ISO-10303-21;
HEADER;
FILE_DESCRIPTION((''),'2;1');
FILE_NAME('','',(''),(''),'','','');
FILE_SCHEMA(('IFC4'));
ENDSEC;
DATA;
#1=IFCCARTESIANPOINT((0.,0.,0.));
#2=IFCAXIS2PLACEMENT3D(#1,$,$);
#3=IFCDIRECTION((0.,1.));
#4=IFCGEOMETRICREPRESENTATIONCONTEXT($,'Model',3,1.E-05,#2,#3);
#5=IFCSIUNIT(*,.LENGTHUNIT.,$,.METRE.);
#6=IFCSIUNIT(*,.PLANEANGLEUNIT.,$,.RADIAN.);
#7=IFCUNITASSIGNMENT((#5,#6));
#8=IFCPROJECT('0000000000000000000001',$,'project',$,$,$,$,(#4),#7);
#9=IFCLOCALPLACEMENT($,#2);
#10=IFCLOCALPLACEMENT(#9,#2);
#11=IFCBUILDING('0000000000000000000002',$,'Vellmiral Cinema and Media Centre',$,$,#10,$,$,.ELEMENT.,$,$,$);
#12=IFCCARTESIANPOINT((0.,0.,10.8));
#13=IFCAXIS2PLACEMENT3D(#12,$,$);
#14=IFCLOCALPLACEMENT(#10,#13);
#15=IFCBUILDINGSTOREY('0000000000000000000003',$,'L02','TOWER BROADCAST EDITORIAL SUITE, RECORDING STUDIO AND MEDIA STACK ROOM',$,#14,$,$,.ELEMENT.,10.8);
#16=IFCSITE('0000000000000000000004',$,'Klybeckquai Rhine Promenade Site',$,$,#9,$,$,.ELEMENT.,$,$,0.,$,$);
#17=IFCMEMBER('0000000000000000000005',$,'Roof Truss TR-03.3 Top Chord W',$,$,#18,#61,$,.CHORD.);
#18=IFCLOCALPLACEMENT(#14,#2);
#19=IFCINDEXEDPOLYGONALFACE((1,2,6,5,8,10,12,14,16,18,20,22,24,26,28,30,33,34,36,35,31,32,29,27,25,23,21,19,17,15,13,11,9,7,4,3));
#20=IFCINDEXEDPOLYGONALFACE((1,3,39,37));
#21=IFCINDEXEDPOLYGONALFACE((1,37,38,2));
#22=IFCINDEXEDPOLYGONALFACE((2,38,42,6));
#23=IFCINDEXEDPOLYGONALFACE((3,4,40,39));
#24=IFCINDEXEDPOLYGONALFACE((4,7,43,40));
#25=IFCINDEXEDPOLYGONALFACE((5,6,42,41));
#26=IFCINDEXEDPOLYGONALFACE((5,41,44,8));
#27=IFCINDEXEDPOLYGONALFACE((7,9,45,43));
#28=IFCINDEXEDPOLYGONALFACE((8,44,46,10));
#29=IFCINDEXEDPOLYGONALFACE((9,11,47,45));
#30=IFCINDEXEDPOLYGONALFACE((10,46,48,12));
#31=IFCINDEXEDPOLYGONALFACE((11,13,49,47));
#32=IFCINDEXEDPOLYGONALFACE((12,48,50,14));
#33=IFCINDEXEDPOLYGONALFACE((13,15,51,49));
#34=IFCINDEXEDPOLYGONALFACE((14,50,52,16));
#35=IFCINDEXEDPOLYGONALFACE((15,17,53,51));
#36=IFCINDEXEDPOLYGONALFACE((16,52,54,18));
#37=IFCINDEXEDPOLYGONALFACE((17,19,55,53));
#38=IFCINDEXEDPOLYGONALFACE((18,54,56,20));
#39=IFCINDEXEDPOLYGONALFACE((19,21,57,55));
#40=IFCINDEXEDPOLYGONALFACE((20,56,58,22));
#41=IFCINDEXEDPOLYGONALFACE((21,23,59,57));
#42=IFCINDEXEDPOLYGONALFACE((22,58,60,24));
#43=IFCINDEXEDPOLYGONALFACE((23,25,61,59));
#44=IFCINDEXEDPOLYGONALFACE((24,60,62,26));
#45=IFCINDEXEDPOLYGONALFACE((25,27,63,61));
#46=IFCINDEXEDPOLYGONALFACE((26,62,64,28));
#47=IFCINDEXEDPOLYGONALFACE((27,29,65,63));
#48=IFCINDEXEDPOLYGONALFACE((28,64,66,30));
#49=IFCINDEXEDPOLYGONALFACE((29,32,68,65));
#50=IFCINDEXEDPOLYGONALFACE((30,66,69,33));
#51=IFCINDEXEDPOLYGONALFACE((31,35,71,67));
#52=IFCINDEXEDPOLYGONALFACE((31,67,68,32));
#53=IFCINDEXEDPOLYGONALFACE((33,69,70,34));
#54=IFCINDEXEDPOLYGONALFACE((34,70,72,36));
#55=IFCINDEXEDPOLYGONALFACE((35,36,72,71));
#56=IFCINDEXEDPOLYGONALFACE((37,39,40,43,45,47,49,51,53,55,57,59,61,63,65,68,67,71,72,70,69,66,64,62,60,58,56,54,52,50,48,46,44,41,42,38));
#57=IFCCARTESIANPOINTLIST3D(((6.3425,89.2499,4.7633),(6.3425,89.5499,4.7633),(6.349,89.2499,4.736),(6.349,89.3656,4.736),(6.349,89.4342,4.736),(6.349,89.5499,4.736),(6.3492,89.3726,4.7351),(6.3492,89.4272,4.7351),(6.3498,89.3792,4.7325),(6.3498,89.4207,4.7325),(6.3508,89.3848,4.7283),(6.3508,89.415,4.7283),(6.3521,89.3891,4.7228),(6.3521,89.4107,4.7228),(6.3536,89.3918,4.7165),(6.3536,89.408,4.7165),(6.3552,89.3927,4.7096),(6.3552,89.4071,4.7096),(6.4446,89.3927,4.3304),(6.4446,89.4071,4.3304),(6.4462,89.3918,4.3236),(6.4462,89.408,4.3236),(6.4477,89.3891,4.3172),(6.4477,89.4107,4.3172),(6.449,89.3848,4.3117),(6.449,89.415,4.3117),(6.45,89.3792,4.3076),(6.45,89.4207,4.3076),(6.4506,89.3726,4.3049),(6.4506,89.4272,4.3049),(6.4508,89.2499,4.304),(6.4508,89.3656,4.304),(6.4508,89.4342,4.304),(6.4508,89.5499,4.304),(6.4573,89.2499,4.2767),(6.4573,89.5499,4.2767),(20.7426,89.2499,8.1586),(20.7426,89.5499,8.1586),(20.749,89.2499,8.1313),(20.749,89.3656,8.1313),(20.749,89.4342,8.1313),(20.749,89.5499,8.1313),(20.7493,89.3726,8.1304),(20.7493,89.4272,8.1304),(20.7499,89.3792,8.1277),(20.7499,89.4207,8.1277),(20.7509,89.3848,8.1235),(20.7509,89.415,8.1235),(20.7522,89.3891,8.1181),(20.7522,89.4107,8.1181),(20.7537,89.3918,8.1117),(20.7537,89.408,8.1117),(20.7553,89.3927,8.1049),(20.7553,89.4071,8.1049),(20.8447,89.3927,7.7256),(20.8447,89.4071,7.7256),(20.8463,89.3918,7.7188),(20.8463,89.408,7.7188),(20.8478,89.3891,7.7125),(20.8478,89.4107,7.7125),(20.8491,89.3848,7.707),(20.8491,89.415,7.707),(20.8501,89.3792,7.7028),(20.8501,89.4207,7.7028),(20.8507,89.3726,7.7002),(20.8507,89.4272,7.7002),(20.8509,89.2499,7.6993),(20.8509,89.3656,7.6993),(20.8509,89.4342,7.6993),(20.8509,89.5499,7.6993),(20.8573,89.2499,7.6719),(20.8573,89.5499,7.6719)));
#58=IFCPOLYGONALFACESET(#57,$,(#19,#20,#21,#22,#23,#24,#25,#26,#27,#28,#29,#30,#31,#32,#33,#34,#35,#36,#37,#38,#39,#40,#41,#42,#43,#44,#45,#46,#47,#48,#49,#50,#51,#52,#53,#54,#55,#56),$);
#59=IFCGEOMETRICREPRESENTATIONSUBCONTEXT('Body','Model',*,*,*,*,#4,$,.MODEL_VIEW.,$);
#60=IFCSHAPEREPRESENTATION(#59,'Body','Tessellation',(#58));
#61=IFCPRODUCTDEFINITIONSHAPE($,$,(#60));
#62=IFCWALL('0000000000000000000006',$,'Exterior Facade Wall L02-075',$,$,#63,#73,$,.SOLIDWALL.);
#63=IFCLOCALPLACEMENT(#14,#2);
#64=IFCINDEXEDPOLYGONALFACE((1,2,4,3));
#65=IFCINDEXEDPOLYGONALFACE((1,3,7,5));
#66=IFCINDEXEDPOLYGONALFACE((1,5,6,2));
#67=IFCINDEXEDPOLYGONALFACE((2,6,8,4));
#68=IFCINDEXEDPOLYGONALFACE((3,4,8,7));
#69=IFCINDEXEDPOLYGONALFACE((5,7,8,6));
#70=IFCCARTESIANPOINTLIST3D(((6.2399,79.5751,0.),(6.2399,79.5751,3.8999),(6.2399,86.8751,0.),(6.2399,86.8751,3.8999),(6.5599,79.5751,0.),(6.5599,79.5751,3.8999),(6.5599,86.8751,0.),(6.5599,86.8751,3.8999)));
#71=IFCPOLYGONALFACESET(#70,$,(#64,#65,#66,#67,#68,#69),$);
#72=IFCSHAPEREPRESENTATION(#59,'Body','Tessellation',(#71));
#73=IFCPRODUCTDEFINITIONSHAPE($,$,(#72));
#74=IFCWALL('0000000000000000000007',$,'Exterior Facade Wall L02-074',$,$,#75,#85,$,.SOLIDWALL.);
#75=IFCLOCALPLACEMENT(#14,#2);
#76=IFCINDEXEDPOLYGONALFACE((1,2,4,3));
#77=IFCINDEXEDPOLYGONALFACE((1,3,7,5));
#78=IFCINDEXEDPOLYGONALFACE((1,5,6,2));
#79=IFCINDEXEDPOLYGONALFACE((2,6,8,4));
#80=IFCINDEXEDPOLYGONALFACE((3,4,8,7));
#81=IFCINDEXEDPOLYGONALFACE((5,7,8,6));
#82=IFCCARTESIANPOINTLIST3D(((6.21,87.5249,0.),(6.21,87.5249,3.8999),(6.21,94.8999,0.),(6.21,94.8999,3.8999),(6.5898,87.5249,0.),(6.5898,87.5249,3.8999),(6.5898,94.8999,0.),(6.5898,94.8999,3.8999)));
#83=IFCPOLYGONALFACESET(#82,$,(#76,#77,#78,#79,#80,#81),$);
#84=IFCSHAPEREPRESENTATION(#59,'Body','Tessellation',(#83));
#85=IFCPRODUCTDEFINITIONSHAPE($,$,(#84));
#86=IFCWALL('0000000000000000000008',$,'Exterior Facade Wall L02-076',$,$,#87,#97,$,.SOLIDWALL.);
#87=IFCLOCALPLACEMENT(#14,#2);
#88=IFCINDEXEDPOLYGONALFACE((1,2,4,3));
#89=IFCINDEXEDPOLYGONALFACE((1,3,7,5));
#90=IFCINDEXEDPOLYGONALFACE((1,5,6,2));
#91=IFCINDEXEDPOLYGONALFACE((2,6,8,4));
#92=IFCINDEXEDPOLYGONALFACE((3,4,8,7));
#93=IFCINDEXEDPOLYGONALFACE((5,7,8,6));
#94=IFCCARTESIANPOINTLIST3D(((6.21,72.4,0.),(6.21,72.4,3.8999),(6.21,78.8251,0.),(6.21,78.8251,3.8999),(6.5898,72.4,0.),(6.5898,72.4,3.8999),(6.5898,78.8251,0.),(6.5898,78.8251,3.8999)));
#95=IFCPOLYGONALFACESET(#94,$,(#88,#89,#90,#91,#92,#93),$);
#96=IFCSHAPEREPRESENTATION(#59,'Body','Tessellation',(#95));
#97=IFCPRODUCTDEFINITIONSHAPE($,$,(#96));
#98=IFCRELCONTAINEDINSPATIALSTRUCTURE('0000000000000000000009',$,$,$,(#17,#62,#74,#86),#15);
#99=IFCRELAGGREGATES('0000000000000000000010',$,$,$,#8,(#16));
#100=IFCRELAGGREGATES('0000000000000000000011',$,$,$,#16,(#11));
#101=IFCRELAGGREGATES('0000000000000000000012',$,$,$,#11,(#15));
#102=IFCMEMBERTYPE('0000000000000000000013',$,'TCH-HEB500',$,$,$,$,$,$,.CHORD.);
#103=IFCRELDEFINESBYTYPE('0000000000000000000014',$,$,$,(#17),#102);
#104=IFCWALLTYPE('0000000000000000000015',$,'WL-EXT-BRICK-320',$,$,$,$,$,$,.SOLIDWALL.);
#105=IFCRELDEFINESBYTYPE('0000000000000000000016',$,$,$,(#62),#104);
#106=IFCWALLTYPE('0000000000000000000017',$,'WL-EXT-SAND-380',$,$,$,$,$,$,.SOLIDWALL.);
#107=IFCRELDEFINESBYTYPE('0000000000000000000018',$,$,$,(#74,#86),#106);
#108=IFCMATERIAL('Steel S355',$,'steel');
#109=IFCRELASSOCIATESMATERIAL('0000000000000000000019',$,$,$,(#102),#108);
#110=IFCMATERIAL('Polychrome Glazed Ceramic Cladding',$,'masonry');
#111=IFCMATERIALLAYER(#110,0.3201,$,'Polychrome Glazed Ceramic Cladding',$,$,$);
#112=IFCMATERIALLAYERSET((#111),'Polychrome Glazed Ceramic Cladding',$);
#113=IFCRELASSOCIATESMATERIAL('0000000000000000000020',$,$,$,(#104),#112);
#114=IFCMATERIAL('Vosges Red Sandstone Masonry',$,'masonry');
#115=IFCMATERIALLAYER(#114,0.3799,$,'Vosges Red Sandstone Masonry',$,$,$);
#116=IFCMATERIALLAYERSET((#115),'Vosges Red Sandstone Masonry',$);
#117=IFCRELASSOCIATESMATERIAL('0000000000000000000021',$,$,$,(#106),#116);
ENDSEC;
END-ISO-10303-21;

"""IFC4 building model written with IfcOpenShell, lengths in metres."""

from ifc_helpers import new_model, si_unit, direction, frame, frame_2d, origin, origin_2d, place, context, subcontext, project, spatial, rectangle, i_section, extrude, material, layer, layer_set, material_profile, profile_set, type_object, element, save


model = new_model("IFC4")

# Units and contexts
model_context = context("Model", 3, precision=1e-05, world=origin(), true_north=direction((0.0, 1.0)))
body_context = subcontext(model_context, "Body", "Model", "MODEL_VIEW")
ifc_project = project(units=[si_unit("LENGTHUNIT", "METRE"), si_unit("PLANEANGLEUNIT", "RADIAN")], contexts=[model_context])

# Site, building, storey
site_placement = place(None, origin())
site = spatial("IfcSite", under=ifc_project, at=site_placement, Name="Klybeckquai Rhine Promenade Site", CompositionType="ELEMENT", RefElevation=0.0)
building_placement = place(site_placement, origin())
building = spatial("IfcBuilding", under=site, at=building_placement, Name="Vellmiral Cinema and Media Centre", CompositionType="ELEMENT")
storey_placement = place(building_placement, frame((0.0, 0.0, 10.8)))
storey = spatial("IfcBuildingStorey", under=building, at=storey_placement, Name="L02", Description="TOWER BROADCAST EDITORIAL SUITE, RECORDING STUDIO AND MEDIA STACK ROOM", CompositionType="ELEMENT", Elevation=10.8)

# Member
ifc_material_1 = material(Name="Steel S355", Category="steel")
ifc_material_profile_1 = material_profile(ifc_material_1, i_section(OverallWidth=0.3, OverallDepth=0.5, WebThickness=0.0144, FlangeThickness=0.0281, FilletRadius=0.0271, at=origin_2d()), Name="HEB 500")
ifc_profile_set_1 = profile_set([ifc_material_profile_1], Name="Steel S355")
member_type_1 = type_object("IfcMemberType", Name="TCH-HEB500", PredefinedType="CHORD", material=ifc_profile_set_1)
for number, where, z_axis, x_axis, name in (
    (1, (6.3999, 89.3999, 4.52), (0.973312, 0.0, 0.229487), (0.0, 1.0, 0.0), "Roof Truss TR-03.3 Top Chord W"),
):
    element("IfcMember", number, at=place(storey_placement, frame(where, z_axis=z_axis, x_axis=x_axis)), inside=storey, type_object=member_type_1, Name=name, PredefinedType="CHORD", context=body_context, shape_type="SweptSolid", body=[
        extrude(i_section(OverallWidth=0.3, OverallDepth=0.5, WebThickness=0.0144, FlangeThickness=0.0281, FilletRadius=0.0271, at=origin_2d()), origin(), (0.0, 0.0, 1.0), 14.7949),
    ])

# Walls
ifc_material_2 = material(Name="Polychrome Glazed Ceramic Cladding", Category="masonry")
ifc_layer_1 = layer(ifc_material_2, 0.3201, Name="Polychrome Glazed Ceramic Cladding")
ifc_layer_set_1 = layer_set([ifc_layer_1], Name="Polychrome Glazed Ceramic Cladding")
wall_type_1 = type_object("IfcWallType", Name="WL-EXT-BRICK-320", PredefinedType="SOLIDWALL", material=ifc_layer_set_1)
wall_1_placement = place(storey_placement, frame((6.3999, 86.875, 0.0), z_axis=(0.0, 0.0, 1.0), x_axis=(0.0, -1.0, 0.0)))
element("IfcWall", 2, at=wall_1_placement, inside=storey, type_object=wall_type_1, Name="Exterior Facade Wall L02-075", PredefinedType="SOLIDWALL", context=body_context, shape_type="SweptSolid", body=[
    extrude(rectangle(XDim=7.3, YDim=0.3201, at=frame_2d((3.6499, 0.0))), origin(), (0.0, 0.0, 1.0), 3.8999),
])
ifc_material_3 = material(Name="Vosges Red Sandstone Masonry", Category="masonry")
ifc_layer_2 = layer(ifc_material_3, 0.3799, Name="Vosges Red Sandstone Masonry")
ifc_layer_set_2 = layer_set([ifc_layer_2], Name="Vosges Red Sandstone Masonry")
wall_type_2 = type_object("IfcWallType", Name="WL-EXT-SAND-380", PredefinedType="SOLIDWALL", material=ifc_layer_set_2)
wall_2_placement = place(storey_placement, frame((6.3999, 94.8999, 0.0), z_axis=(0.0, 0.0, 1.0), x_axis=(0.0, -1.0, 0.0)))
element("IfcWall", 3, at=wall_2_placement, inside=storey, type_object=wall_type_2, Name="Exterior Facade Wall L02-074", PredefinedType="SOLIDWALL", context=body_context, shape_type="SweptSolid", body=[
    extrude(rectangle(XDim=7.375, YDim=0.3799, at=frame_2d((3.6875, 0.0))), origin(), (0.0, 0.0, 1.0), 3.8999),
])
wall_3_placement = place(storey_placement, frame((6.3999, 78.825, 0.0), z_axis=(0.0, 0.0, 1.0), x_axis=(0.0, -1.0, 0.0)))
element("IfcWall", 4, at=wall_3_placement, inside=storey, type_object=wall_type_2, Name="Exterior Facade Wall L02-076", PredefinedType="SOLIDWALL", context=body_context, shape_type="SweptSolid", body=[
    extrude(rectangle(XDim=6.425, YDim=0.3799, at=frame_2d((3.2124, 0.0))), origin(), (0.0, 0.0, 1.0), 3.8999),
])

save(model, "model.ifc")
